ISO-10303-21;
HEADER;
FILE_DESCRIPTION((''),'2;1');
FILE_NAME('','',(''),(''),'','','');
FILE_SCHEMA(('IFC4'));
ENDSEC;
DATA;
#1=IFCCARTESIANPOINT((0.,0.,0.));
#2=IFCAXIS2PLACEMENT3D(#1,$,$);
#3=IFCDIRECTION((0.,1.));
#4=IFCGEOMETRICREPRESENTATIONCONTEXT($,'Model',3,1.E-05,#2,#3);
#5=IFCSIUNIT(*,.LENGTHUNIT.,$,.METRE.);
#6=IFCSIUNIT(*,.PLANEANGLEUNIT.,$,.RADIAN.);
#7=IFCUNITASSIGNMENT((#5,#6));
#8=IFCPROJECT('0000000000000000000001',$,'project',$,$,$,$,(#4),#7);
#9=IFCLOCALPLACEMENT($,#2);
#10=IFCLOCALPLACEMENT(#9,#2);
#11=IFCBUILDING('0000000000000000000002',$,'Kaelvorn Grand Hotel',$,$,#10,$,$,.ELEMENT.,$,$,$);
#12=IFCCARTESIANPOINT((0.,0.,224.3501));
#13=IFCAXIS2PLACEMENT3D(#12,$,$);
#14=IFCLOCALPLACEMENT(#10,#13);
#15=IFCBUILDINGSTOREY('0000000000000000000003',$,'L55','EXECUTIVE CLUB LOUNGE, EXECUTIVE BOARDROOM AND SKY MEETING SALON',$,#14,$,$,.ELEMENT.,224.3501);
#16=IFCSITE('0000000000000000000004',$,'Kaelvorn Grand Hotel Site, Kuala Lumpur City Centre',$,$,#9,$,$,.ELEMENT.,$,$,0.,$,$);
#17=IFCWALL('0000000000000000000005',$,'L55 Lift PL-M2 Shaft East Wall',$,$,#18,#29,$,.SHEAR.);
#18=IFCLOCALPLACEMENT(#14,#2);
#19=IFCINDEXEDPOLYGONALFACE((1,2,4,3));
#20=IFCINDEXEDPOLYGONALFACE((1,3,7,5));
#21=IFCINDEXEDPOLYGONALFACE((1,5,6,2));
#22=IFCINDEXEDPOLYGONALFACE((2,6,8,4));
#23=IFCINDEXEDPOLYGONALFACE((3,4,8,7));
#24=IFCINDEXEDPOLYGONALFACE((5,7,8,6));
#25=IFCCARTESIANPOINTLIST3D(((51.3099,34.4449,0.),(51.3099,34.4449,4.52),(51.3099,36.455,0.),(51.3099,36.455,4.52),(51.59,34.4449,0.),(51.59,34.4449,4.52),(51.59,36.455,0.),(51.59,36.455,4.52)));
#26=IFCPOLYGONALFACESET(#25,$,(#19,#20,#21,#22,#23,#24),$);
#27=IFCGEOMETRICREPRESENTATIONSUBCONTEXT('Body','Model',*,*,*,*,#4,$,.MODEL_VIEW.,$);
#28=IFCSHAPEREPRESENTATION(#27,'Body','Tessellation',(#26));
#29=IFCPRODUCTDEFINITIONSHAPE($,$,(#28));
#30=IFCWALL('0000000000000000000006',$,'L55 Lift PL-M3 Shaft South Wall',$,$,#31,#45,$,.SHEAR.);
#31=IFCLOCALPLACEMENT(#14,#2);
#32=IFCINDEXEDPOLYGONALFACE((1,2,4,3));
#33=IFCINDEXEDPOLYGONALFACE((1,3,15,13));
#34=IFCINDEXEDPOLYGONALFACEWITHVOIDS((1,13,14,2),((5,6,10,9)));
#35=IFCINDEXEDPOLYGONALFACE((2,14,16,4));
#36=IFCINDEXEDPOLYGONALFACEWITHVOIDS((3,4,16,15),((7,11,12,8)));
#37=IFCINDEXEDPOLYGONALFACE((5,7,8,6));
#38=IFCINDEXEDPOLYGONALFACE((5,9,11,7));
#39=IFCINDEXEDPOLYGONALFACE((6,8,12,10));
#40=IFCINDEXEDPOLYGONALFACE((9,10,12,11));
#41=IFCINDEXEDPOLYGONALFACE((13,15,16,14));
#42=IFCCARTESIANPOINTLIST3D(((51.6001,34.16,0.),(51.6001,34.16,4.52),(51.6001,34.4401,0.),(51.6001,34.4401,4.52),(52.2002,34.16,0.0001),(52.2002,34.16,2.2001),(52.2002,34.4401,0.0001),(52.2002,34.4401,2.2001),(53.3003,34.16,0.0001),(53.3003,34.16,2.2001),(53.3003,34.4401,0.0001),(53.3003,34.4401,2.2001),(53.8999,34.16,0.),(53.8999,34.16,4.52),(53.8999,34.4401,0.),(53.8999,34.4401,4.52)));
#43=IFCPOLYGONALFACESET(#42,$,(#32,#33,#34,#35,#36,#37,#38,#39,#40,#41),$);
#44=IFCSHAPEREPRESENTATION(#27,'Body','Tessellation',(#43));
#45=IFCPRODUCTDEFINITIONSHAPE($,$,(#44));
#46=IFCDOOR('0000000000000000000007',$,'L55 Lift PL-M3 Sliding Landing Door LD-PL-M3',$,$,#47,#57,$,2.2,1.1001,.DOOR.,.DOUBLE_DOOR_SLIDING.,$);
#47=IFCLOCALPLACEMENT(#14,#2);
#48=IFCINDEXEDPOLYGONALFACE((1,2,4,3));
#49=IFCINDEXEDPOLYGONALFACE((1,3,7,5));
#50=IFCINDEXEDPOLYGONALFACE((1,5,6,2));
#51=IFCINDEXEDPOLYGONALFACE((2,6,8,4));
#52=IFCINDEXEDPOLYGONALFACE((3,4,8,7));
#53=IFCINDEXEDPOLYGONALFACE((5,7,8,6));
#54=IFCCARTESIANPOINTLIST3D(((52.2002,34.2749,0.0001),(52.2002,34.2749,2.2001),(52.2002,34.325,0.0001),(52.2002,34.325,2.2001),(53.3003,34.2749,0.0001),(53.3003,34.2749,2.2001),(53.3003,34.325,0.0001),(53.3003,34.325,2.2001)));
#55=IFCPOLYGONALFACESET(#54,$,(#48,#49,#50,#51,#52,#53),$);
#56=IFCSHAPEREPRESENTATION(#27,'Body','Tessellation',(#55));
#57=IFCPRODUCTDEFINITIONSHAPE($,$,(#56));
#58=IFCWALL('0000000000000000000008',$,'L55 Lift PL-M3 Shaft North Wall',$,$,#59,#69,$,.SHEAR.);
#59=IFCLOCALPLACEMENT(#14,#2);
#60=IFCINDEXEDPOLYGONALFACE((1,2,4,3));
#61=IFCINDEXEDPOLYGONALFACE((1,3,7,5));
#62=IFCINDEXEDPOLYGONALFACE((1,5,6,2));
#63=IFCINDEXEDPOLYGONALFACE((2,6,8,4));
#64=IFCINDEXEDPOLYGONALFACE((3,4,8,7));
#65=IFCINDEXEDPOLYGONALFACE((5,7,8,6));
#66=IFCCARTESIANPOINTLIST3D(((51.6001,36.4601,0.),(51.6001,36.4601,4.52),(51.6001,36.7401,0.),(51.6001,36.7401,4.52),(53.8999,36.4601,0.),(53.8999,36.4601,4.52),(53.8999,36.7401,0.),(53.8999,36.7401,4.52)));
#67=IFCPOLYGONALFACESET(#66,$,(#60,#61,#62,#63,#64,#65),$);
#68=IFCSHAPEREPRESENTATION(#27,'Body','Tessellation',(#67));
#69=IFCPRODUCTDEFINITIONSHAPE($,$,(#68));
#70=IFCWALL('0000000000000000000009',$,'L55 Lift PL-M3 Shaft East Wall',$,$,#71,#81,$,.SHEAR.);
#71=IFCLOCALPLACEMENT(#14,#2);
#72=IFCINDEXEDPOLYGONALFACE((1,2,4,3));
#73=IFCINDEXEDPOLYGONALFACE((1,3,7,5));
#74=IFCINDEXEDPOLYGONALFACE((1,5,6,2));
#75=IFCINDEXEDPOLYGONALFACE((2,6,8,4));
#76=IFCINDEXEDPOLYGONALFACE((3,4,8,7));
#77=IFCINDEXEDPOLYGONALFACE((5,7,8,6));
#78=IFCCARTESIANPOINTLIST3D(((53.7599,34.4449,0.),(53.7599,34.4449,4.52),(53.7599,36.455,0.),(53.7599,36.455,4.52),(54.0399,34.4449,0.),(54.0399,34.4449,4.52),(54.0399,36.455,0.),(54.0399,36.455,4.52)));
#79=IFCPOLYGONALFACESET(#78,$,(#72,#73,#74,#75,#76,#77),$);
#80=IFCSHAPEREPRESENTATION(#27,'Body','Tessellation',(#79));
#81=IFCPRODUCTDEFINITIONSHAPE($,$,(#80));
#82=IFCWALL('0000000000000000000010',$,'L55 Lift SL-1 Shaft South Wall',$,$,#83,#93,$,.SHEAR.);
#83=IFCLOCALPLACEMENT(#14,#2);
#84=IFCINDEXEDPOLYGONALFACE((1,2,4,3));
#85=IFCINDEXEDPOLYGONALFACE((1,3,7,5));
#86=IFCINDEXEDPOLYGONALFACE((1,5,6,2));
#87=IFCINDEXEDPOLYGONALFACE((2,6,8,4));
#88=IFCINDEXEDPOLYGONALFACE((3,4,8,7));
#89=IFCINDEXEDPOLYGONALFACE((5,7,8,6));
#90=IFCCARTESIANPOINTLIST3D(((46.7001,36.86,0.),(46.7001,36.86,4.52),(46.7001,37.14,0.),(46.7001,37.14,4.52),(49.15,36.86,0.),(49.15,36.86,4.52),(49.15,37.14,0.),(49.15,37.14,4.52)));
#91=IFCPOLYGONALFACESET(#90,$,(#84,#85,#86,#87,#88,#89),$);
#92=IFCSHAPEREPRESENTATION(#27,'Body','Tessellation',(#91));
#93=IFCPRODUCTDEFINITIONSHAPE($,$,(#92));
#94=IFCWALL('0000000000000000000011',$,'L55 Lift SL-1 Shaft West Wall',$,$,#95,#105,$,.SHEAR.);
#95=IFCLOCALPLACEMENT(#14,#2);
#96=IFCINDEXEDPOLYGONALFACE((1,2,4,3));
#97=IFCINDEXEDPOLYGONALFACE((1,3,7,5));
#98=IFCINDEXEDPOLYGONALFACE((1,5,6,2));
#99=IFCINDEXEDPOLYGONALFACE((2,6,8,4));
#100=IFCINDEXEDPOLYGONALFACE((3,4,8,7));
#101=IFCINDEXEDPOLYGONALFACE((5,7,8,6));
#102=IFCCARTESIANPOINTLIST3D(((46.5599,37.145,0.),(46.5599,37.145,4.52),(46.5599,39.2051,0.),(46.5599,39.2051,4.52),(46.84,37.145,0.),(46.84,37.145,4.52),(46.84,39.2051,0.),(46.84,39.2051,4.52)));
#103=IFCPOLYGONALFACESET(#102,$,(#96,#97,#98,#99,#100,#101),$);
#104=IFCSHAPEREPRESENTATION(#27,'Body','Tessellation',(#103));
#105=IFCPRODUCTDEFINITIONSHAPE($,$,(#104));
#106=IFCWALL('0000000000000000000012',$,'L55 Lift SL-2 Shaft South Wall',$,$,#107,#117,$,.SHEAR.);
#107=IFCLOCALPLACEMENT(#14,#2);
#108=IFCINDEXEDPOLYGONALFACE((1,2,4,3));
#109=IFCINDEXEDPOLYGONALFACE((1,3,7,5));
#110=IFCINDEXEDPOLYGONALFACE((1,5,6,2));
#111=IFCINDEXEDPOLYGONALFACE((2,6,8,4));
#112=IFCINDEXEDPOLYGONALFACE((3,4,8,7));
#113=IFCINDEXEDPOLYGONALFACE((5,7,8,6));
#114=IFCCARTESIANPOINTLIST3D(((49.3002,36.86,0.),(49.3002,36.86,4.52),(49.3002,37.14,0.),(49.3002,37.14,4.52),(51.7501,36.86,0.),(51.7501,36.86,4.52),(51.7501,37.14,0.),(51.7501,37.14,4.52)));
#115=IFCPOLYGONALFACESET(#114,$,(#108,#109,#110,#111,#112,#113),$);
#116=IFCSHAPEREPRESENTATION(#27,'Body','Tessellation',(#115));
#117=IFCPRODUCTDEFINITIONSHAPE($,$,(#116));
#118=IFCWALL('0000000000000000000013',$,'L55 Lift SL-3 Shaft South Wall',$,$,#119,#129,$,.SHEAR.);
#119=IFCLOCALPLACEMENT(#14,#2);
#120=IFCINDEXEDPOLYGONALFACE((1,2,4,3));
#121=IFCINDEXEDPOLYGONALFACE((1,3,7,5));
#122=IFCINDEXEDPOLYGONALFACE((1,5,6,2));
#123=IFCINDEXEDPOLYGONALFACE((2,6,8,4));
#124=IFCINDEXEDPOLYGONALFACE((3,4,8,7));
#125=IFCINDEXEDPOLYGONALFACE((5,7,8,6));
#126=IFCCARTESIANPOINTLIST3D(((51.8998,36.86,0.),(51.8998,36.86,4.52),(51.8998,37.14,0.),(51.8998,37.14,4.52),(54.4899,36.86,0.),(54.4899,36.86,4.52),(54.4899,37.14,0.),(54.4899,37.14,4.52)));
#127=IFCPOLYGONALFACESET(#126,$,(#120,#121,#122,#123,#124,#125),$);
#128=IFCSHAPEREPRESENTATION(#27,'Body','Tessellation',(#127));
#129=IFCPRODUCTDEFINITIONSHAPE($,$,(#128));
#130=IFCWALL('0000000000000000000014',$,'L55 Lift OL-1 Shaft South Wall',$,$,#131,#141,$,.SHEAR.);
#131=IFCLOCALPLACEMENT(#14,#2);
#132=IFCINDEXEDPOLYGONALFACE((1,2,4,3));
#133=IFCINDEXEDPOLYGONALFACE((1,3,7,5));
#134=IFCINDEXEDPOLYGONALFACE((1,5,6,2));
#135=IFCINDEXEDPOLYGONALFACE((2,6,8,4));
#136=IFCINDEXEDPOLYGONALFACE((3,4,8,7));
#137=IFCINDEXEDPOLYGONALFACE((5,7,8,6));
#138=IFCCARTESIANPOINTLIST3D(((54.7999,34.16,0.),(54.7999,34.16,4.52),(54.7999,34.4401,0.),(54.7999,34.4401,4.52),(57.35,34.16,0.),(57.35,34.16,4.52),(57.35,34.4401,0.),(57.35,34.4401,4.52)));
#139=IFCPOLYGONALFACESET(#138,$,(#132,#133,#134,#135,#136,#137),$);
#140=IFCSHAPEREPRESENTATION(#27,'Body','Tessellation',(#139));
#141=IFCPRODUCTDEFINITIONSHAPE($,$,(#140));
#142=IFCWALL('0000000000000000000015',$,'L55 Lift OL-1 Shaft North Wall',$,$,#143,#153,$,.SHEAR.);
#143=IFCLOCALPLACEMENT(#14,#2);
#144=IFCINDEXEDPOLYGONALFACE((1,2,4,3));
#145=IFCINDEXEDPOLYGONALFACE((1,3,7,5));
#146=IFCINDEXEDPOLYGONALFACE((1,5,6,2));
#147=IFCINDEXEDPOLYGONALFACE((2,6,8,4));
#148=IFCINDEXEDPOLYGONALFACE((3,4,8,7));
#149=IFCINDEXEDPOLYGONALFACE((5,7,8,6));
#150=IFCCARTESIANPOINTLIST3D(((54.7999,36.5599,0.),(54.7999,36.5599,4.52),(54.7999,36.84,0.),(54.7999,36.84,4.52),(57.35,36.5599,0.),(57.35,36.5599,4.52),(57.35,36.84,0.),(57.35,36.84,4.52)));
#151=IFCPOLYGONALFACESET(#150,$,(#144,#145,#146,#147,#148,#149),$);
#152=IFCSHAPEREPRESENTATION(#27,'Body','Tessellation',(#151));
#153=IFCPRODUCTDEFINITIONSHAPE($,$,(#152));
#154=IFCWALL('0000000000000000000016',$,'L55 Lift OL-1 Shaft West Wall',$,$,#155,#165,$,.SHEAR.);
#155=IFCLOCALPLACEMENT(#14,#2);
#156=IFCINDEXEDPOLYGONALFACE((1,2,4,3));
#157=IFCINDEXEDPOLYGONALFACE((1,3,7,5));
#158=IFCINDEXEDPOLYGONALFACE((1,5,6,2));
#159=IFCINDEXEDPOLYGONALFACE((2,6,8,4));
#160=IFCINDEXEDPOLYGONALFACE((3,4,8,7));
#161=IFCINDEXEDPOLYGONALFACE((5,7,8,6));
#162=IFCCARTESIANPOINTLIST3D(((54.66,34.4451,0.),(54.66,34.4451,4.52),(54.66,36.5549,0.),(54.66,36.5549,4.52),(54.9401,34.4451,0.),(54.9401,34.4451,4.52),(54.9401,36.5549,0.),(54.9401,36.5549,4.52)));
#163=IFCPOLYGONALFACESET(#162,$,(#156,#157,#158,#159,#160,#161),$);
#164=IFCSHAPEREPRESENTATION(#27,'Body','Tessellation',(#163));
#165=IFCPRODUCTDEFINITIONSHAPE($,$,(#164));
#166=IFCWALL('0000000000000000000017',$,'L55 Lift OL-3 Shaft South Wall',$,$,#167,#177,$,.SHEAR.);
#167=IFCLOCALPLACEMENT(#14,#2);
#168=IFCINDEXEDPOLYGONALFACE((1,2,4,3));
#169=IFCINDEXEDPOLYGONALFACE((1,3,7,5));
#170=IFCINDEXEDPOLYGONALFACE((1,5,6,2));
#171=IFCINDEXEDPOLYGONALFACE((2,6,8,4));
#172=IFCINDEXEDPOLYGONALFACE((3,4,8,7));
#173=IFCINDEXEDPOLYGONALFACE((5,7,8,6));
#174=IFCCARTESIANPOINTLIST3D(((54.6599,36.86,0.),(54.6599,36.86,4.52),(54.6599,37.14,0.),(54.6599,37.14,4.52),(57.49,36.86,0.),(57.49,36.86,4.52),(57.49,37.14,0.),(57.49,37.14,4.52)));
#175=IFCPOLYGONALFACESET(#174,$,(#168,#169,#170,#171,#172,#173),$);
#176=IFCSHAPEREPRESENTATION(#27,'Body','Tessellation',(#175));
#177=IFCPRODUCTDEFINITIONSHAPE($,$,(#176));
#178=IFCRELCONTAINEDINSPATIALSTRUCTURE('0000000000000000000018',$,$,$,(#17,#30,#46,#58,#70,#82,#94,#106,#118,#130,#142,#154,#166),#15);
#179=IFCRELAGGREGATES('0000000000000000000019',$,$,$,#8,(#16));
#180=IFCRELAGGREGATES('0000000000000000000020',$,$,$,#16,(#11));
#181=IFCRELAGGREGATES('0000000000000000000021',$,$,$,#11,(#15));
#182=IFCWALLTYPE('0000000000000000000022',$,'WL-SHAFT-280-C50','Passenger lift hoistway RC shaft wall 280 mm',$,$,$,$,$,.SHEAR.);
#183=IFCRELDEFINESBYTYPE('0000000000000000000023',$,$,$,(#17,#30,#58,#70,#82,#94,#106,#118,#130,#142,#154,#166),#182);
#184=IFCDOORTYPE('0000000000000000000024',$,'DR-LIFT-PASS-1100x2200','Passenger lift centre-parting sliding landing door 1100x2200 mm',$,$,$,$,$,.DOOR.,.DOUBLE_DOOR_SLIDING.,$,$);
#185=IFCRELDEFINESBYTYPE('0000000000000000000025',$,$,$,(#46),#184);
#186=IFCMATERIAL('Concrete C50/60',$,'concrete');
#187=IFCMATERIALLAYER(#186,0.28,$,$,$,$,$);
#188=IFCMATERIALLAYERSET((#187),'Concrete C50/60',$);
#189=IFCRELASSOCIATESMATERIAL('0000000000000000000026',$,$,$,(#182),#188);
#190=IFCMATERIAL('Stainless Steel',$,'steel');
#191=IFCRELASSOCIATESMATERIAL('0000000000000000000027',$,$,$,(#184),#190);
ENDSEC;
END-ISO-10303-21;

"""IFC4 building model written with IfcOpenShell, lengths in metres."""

from ifc_helpers import new_model, si_unit, direction, frame, frame_2d, origin, place, context, subcontext, project, spatial, rectangle, extrude, material, layer, layer_set, type_object, element, fill, save


model = new_model("IFC4")

# Units and contexts
model_context = context("Model", 3, precision=1e-05, world=origin(), true_north=direction((0.0, 1.0)))
body_context = subcontext(model_context, "Body", "Model", "MODEL_VIEW")
ifc_project = project(units=[si_unit("LENGTHUNIT", "METRE"), si_unit("PLANEANGLEUNIT", "RADIAN")], contexts=[model_context])

# Site, building, storey
site_placement = place(None, origin())
site = spatial("IfcSite", under=ifc_project, at=site_placement, Name="Kaelvorn Grand Hotel Site, Kuala Lumpur City Centre", CompositionType="ELEMENT", RefElevation=0.0)
building_placement = place(site_placement, origin())
building = spatial("IfcBuilding", under=site, at=building_placement, Name="Kaelvorn Grand Hotel", CompositionType="ELEMENT")
storey_placement = place(building_placement, frame((0.0, 0.0, 224.3501)))
storey = spatial("IfcBuildingStorey", under=building, at=storey_placement, Name="L55", Description="EXECUTIVE CLUB LOUNGE, EXECUTIVE BOARDROOM AND SKY MEETING SALON", CompositionType="ELEMENT", Elevation=224.3501)

# Shared definitions
ifc_material_1 = material(Name="Concrete C50/60", Category="concrete")
ifc_layer_1 = layer(ifc_material_1, 0.28)
ifc_layer_set_1 = layer_set([ifc_layer_1], Name="Concrete C50/60")
wall_type_1 = type_object("IfcWallType", Name="WL-SHAFT-280-C50", Description="Passenger lift hoistway RC shaft wall 280 mm", PredefinedType="SHEAR", material=ifc_layer_set_1)
ifc_material_2 = material(Name="Stainless Steel", Category="steel")
door_type = type_object("IfcDoorType", Name="DR-LIFT-PASS-1100x2200", Description="Passenger lift centre-parting sliding landing door 1100x2200 mm", OperationType="DOUBLE_DOOR_SLIDING", PredefinedType="DOOR", material=ifc_material_2)

# Wall
wall_1_placement = place(storey_placement, frame((51.45, 34.4451, 0.0), z_axis=(0.0, 0.0, 1.0), x_axis=(0.0, 1.0, 0.0)))
element("IfcWall", 1, at=wall_1_placement, inside=storey, type_object=wall_type_1, Name="L55 Lift PL-M2 Shaft East Wall", PredefinedType="SHEAR", context=body_context, shape_type="SweptSolid", body=[
    extrude(rectangle(XDim=2.01, YDim=0.28, at=frame_2d((1.0049, 0.0))), origin(), (0.0, 0.0, 1.0), 4.52),
])

# Wall, opening, door
wall_2_placement = place(storey_placement, frame((51.6001, 34.3, 0.0), z_axis=(0.0, 0.0, 1.0), x_axis=(1.0, 0.0, 0.0)))
wall_2 = element("IfcWall", 2, at=wall_2_placement, inside=storey, type_object=wall_type_1, Name="L55 Lift PL-M3 Shaft South Wall", PredefinedType="SHEAR", context=body_context, shape_type="SweptSolid", body=[
    extrude(rectangle(XDim=2.2998, YDim=0.28, at=frame_2d((1.1499, 0.0))), origin(), (0.0, 0.0, 1.0), 4.52),
])
opening_1_placement = place(wall_2_placement, frame((0.6001, 0.0, 0.0)))
opening_1 = element("IfcOpeningElement", 3, at=opening_1_placement, cuts=wall_2, PredefinedType="OPENING", context=body_context, shape_type="SweptSolid", body=[
    extrude(rectangle(XDim=1.1001, YDim=2.2, at=frame_2d((0.55, 1.1001))), frame((0.0, 0.1499, 0.0), z_axis=(0.0, -1.0, 0.0), x_axis=(1.0, 0.0, 0.0)), (0.0, 0.0, 1.0), 0.3),
])
door_1_placement = place(opening_1_placement, origin())
door_1 = element("IfcDoor", 4, at=door_1_placement, inside=storey, type_object=door_type, Name="L55 Lift PL-M3 Sliding Landing Door LD-PL-M3", OperationType="DOUBLE_DOOR_SLIDING", OverallHeight=2.2, OverallWidth=1.1001, PredefinedType="DOOR", context=body_context, shape_type="SweptSolid", body=[
    extrude(rectangle(XDim=1.1001, YDim=2.2, at=frame_2d((0.55, 1.1001))), frame((0.0, 0.0249, 0.0), z_axis=(0.0, -1.0, 0.0), x_axis=(1.0, 0.0, 0.0)), (0.0, 0.0, 1.0), 0.05),
])
fill(opening_1, door_1)

# Walls
wall_3_placement = place(storey_placement, frame((51.6001, 36.6001, 0.0), z_axis=(0.0, 0.0, 1.0), x_axis=(1.0, 0.0, 0.0)))
element("IfcWall", 5, at=wall_3_placement, inside=storey, type_object=wall_type_1, Name="L55 Lift PL-M3 Shaft North Wall", PredefinedType="SHEAR", context=body_context, shape_type="SweptSolid", body=[
    extrude(rectangle(XDim=2.2998, YDim=0.28, at=frame_2d((1.1499, 0.0))), origin(), (0.0, 0.0, 1.0), 4.52),
])
wall_4_placement = place(storey_placement, frame((53.8999, 34.4451, 0.0), z_axis=(0.0, 0.0, 1.0), x_axis=(0.0, 1.0, 0.0)))
element("IfcWall", 6, at=wall_4_placement, inside=storey, type_object=wall_type_1, Name="L55 Lift PL-M3 Shaft East Wall", PredefinedType="SHEAR", context=body_context, shape_type="SweptSolid", body=[
    extrude(rectangle(XDim=2.01, YDim=0.28, at=frame_2d((1.0049, 0.0))), origin(), (0.0, 0.0, 1.0), 4.52),
])
wall_5_placement = place(storey_placement, frame((46.7, 37.0, 0.0), z_axis=(0.0, 0.0, 1.0), x_axis=(1.0, 0.0, 0.0)))
element("IfcWall", 7, at=wall_5_placement, inside=storey, type_object=wall_type_1, Name="L55 Lift SL-1 Shaft South Wall", PredefinedType="SHEAR", context=body_context, shape_type="SweptSolid", body=[
    extrude(rectangle(XDim=2.45, YDim=0.28, at=frame_2d((1.2251, 0.0))), origin(), (0.0, 0.0, 1.0), 4.52),
])
wall_6_placement = place(storey_placement, frame((46.7, 37.145, 0.0), z_axis=(0.0, 0.0, 1.0), x_axis=(0.0, 1.0, 0.0)))
element("IfcWall", 8, at=wall_6_placement, inside=storey, type_object=wall_type_1, Name="L55 Lift SL-1 Shaft West Wall", PredefinedType="SHEAR", context=body_context, shape_type="SweptSolid", body=[
    extrude(rectangle(XDim=2.0601, YDim=0.28, at=frame_2d((1.03, 0.0))), origin(), (0.0, 0.0, 1.0), 4.52),
])
wall_7_placement = place(storey_placement, frame((49.3, 37.0, 0.0), z_axis=(0.0, 0.0, 1.0), x_axis=(1.0, 0.0, 0.0)))
element("IfcWall", 9, at=wall_7_placement, inside=storey, type_object=wall_type_1, Name="L55 Lift SL-2 Shaft South Wall", PredefinedType="SHEAR", context=body_context, shape_type="SweptSolid", body=[
    extrude(rectangle(XDim=2.45, YDim=0.28, at=frame_2d((1.2251, 0.0))), origin(), (0.0, 0.0, 1.0), 4.52),
])
wall_8_placement = place(storey_placement, frame((51.8999, 37.0, 0.0), z_axis=(0.0, 0.0, 1.0), x_axis=(1.0, 0.0, 0.0)))
element("IfcWall", 10, at=wall_8_placement, inside=storey, type_object=wall_type_1, Name="L55 Lift SL-3 Shaft South Wall", PredefinedType="SHEAR", context=body_context, shape_type="SweptSolid", body=[
    extrude(rectangle(XDim=2.5901, YDim=0.28, at=frame_2d((1.2949, 0.0))), origin(), (0.0, 0.0, 1.0), 4.52),
])
for number, where, z_axis, x_axis, name in (
    (11, (54.8, 34.3, 0.0), (0.0, 0.0, 1.0), (1.0, 0.0, 0.0), "L55 Lift OL-1 Shaft South Wall"),
    (12, (54.8, 36.7, 0.0), (0.0, 0.0, 1.0), (1.0, 0.0, 0.0), "L55 Lift OL-1 Shaft North Wall"),
):
    element("IfcWall", number, at=place(storey_placement, frame(where, z_axis=z_axis, x_axis=x_axis)), inside=storey, type_object=wall_type_1, Name=name, PredefinedType="SHEAR", context=body_context, shape_type="SweptSolid", body=[
        extrude(rectangle(XDim=2.55, YDim=0.28, at=frame_2d((1.2749, 0.0))), origin(), (0.0, 0.0, 1.0), 4.52),
    ])
wall_9_placement = place(storey_placement, frame((54.8, 34.4451, 0.0), z_axis=(0.0, 0.0, 1.0), x_axis=(0.0, 1.0, 0.0)))
element("IfcWall", 13, at=wall_9_placement, inside=storey, type_object=wall_type_1, Name="L55 Lift OL-1 Shaft West Wall", PredefinedType="SHEAR", context=body_context, shape_type="SweptSolid", body=[
    extrude(rectangle(XDim=2.1099, YDim=0.28, at=frame_2d((1.0549, 0.0))), origin(), (0.0, 0.0, 1.0), 4.52),
])
wall_10_placement = place(storey_placement, frame((54.6599, 37.0, 0.0), z_axis=(0.0, 0.0, 1.0), x_axis=(1.0, 0.0, 0.0)))
element("IfcWall", 14, at=wall_10_placement, inside=storey, type_object=wall_type_1, Name="L55 Lift OL-3 Shaft South Wall", PredefinedType="SHEAR", context=body_context, shape_type="SweptSolid", body=[
    extrude(rectangle(XDim=2.8301, YDim=0.28, at=frame_2d((1.415, 0.0))), origin(), (0.0, 0.0, 1.0), 4.52),
])

save(model, "model.ifc")
